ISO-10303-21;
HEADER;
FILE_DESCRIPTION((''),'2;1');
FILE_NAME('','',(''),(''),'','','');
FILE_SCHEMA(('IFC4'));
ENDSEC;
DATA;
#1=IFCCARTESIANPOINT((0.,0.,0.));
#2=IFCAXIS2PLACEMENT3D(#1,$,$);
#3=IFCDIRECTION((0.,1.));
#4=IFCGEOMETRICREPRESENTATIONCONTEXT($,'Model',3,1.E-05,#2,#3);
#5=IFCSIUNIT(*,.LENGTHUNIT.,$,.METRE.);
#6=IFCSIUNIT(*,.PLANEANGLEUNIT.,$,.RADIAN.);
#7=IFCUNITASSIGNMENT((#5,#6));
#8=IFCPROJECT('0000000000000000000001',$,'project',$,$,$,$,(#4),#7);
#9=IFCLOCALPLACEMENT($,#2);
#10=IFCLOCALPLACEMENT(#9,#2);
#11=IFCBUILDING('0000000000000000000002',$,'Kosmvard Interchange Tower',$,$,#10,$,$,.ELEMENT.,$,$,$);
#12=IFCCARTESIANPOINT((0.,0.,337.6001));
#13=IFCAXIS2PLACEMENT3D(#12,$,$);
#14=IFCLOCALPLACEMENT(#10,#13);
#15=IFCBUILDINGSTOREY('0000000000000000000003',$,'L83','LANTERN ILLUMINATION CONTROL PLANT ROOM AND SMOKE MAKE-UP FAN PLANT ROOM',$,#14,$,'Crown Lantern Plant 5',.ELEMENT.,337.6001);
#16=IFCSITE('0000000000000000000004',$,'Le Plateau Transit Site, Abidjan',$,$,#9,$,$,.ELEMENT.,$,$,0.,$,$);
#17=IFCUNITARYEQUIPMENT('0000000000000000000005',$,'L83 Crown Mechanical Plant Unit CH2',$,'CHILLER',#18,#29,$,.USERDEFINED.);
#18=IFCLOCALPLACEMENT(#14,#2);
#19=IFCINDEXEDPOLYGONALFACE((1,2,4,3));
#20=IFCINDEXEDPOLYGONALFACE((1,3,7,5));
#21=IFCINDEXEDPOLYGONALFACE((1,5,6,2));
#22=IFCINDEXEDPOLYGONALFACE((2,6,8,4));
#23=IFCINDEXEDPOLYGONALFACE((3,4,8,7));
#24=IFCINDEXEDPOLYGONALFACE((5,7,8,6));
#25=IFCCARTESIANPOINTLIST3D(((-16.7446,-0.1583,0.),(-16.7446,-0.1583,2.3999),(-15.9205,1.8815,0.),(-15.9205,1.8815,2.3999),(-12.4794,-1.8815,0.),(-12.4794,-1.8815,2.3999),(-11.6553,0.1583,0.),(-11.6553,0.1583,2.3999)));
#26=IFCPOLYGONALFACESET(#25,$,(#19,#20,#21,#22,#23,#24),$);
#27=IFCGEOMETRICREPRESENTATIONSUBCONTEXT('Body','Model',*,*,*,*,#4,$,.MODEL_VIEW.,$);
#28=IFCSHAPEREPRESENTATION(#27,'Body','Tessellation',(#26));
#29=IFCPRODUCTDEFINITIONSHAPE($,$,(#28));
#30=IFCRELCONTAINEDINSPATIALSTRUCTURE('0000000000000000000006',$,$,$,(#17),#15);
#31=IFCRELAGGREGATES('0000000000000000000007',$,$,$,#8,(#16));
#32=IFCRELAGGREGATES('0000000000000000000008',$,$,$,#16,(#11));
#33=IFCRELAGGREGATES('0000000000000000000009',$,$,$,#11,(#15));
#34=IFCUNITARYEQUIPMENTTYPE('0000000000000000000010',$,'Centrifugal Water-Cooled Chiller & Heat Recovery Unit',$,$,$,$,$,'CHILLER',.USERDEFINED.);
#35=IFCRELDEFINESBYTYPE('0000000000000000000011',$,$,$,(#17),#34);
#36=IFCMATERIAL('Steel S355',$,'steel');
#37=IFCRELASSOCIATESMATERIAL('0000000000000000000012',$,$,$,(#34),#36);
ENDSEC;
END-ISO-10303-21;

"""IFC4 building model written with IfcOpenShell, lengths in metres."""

from ifc_helpers import new_model, si_unit, direction, frame, origin, origin_2d, place, context, subcontext, project, spatial, rectangle, extrude, source, transform, mapped, material, type_object, element, save


model = new_model("IFC4")

# Units and contexts
model_context = context("Model", 3, precision=1e-05, world=origin(), true_north=direction((0.0, 1.0)))
body_context = subcontext(model_context, "Body", "Model", "MODEL_VIEW")
ifc_project = project(units=[si_unit("LENGTHUNIT", "METRE"), si_unit("PLANEANGLEUNIT", "RADIAN")], contexts=[model_context])

# Site, building, storey
site_placement = place(None, origin())
site = spatial("IfcSite", under=ifc_project, at=site_placement, Name="Le Plateau Transit Site, Abidjan", CompositionType="ELEMENT", RefElevation=0.0)
building_placement = place(site_placement, origin())
building = spatial("IfcBuilding", under=site, at=building_placement, Name="Kosmvard Interchange Tower", CompositionType="ELEMENT")
storey_placement = place(building_placement, frame((0.0, 0.0, 337.6001)))
storey = spatial("IfcBuildingStorey", under=building, at=storey_placement, Name="L83", Description="LANTERN ILLUMINATION CONTROL PLANT ROOM AND SMOKE MAKE-UP FAN PLANT ROOM", LongName="Crown Lantern Plant 5", CompositionType="ELEMENT", Elevation=337.6001)

# Shared definitions
ifc_material_1 = material(Name="Steel S355", Category="steel")

# Unitary equipment
unitary_equipment_type = type_object("IfcUnitaryEquipmentType", Name="Centrifugal Water-Cooled Chiller & Heat Recovery Unit", ElementType="CHILLER", PredefinedType="USERDEFINED", material=ifc_material_1)
shared_shape_1 = source(origin(), body_context, "Body", "SweptSolid", [
    extrude(rectangle(XDim=2.2, YDim=4.6001, at=origin_2d()), origin(), (0.0, 0.0, 1.0), 2.3999),
])
unitary_equipment_placement = place(storey_placement, frame((-14.2, 0.0, 0.0), z_axis=(0.0, 0.0, 1.0), x_axis=(0.374607, 0.927184, 0.0)))
element("IfcUnitaryEquipment", 1, at=unitary_equipment_placement, inside=storey, type_object=unitary_equipment_type, Name="L83 Crown Mechanical Plant Unit CH2", ObjectType="CHILLER", PredefinedType="USERDEFINED", context=body_context, shape_type="MappedRepresentation", body=[
    mapped(shared_shape_1, transform((0.0, 0.0, 0.0), scale=1.0)),
])

save(model, "model.ifc")
